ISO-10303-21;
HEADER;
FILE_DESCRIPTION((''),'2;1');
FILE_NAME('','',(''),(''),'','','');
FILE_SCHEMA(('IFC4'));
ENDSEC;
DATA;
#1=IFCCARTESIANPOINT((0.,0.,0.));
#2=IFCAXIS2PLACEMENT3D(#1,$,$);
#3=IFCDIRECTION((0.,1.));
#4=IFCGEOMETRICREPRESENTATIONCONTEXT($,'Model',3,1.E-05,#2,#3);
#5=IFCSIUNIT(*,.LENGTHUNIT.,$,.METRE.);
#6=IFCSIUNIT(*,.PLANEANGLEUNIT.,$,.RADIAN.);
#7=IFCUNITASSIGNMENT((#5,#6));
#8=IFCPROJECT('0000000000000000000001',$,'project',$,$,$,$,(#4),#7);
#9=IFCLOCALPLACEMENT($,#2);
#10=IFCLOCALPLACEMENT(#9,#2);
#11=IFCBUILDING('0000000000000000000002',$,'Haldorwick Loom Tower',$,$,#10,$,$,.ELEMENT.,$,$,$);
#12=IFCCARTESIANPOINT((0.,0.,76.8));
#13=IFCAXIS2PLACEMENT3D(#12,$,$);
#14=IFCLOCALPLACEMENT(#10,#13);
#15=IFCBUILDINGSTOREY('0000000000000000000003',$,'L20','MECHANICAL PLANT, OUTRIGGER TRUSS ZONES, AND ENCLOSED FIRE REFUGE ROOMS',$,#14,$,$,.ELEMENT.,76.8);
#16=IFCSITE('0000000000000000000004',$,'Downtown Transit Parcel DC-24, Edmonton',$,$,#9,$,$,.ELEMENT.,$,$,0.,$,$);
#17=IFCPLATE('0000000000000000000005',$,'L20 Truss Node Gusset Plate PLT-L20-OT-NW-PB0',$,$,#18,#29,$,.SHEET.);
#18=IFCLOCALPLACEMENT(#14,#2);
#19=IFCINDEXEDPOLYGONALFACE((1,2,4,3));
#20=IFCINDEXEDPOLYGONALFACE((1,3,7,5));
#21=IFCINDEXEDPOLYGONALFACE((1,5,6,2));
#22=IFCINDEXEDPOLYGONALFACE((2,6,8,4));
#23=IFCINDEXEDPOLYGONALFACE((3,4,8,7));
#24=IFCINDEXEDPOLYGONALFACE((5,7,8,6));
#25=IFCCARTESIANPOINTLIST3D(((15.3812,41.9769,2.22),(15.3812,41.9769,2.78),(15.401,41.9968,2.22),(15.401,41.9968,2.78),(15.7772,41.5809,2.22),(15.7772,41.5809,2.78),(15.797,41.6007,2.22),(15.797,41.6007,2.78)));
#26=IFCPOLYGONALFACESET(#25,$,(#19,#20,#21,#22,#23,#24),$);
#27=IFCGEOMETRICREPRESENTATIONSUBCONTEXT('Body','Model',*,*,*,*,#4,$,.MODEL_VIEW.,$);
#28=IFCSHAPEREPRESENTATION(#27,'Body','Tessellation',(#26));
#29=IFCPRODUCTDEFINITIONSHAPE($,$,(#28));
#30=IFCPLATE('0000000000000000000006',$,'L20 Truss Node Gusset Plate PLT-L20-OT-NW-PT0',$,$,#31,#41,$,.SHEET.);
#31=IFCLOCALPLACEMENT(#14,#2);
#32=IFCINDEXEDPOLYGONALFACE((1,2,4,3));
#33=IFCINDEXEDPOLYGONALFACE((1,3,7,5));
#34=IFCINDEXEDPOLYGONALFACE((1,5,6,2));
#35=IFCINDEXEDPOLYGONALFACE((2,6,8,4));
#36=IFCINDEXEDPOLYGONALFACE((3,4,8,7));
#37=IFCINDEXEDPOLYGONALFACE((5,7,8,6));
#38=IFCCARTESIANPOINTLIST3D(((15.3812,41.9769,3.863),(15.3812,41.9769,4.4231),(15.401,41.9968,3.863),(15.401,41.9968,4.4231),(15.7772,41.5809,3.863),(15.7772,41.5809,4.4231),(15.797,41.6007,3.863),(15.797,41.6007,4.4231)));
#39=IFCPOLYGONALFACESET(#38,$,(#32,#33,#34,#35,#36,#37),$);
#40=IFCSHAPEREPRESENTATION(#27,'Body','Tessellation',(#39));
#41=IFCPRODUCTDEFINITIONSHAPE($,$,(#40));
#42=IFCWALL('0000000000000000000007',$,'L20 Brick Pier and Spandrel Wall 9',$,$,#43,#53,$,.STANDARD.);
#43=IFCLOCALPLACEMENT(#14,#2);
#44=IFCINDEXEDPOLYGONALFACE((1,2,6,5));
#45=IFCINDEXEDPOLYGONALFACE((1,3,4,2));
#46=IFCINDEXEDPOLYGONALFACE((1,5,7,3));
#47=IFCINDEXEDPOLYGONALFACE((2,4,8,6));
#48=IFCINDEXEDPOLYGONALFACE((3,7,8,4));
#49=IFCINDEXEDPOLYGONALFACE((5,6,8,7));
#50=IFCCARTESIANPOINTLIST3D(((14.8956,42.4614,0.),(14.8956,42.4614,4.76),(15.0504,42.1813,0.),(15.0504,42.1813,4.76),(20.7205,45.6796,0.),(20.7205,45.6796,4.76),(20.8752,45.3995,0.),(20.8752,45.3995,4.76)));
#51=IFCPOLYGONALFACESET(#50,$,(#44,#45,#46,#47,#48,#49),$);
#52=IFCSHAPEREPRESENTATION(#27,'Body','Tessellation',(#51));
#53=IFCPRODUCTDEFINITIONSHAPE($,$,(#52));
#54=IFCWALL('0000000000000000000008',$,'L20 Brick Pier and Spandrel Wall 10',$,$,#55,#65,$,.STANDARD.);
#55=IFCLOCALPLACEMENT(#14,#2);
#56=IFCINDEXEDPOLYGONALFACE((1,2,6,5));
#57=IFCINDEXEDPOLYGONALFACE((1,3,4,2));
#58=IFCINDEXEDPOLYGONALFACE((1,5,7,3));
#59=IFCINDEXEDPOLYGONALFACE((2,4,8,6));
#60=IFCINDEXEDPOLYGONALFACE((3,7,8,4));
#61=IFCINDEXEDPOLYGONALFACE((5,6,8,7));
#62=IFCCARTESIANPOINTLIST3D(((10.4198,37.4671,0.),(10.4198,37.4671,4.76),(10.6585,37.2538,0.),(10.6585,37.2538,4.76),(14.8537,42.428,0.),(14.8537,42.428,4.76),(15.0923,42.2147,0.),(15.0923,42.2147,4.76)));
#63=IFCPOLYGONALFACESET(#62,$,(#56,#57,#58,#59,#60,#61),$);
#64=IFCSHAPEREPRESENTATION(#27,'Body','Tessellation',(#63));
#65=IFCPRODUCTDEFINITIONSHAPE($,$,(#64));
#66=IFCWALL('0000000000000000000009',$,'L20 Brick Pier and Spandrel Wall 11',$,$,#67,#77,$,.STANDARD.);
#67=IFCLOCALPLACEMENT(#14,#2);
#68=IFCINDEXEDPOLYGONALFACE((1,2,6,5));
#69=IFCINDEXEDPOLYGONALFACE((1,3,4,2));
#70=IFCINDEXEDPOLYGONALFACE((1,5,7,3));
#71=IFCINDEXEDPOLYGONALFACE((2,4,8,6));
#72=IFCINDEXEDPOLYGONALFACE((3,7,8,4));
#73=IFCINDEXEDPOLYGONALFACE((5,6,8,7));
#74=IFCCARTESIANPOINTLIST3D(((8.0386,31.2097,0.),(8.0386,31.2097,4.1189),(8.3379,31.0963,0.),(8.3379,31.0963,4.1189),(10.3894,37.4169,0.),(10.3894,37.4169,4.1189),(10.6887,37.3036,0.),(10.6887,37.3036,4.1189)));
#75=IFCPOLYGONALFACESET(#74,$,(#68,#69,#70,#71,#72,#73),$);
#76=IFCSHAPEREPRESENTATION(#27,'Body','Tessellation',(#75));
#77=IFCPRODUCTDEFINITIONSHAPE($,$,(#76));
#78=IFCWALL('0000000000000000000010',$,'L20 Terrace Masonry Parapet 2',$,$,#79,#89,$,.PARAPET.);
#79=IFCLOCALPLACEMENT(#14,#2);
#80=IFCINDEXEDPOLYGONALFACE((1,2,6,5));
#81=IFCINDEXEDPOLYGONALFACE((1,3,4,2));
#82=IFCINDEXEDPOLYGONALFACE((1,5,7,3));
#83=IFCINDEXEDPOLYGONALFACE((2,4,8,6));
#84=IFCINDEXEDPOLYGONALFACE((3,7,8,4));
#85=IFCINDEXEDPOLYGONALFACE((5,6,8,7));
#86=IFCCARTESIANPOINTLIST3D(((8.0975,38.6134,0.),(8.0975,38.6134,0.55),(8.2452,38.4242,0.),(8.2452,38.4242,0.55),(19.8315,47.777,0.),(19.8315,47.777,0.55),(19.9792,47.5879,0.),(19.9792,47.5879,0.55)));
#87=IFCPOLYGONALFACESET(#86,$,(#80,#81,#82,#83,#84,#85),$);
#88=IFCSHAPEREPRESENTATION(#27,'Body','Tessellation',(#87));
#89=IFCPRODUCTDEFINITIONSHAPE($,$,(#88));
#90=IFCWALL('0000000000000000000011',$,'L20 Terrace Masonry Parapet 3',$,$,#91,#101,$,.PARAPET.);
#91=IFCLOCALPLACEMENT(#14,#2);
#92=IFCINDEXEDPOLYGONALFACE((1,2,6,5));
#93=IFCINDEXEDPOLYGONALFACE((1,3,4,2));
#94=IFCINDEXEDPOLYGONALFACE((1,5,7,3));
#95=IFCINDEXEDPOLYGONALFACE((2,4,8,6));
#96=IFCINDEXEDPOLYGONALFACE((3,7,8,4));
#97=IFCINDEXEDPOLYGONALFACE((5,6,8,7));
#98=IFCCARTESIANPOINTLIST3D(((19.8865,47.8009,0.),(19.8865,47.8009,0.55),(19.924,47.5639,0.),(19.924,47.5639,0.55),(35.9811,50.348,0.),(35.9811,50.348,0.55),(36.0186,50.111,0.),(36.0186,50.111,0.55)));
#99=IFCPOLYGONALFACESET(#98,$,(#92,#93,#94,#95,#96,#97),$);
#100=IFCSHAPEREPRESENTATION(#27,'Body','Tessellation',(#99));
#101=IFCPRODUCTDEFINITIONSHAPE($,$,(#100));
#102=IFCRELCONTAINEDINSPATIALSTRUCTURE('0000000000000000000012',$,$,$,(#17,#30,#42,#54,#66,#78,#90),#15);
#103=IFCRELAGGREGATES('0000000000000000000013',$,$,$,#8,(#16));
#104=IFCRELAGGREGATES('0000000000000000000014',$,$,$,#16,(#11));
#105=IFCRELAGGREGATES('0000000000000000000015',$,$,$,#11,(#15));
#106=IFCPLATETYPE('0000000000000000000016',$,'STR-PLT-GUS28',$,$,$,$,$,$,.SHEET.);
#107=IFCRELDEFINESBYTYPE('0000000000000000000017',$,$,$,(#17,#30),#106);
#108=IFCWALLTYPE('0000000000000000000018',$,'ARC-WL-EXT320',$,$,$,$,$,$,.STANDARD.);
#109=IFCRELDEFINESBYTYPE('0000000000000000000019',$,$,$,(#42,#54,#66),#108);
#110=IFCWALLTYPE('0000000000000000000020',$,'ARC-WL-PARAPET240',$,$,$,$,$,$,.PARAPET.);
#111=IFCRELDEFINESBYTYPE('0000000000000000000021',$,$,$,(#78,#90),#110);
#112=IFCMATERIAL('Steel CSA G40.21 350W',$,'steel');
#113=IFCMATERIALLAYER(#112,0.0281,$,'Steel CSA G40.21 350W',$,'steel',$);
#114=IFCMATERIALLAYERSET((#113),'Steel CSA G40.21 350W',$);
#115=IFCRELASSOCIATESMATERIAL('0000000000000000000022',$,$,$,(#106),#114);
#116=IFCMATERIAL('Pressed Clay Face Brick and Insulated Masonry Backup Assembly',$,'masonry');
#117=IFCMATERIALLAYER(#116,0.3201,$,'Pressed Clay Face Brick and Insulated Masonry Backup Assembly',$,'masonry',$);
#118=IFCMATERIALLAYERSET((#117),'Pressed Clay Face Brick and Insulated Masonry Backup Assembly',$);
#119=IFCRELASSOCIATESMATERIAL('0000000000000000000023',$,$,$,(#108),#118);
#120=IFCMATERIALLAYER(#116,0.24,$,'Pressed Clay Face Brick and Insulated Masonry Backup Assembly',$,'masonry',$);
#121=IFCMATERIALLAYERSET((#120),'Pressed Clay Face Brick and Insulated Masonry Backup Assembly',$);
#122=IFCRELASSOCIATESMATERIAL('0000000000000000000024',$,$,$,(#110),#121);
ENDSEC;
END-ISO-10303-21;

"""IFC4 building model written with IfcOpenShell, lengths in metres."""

from ifc_helpers import new_model, si_unit, direction, frame, frame_2d, origin, origin_2d, place, context, subcontext, project, spatial, rectangle, extrude, material, layer, layer_set, type_object, element, save


model = new_model("IFC4")

# Units and contexts
model_context = context("Model", 3, precision=1e-05, world=origin(), true_north=direction((0.0, 1.0)))
body_context = subcontext(model_context, "Body", "Model", "MODEL_VIEW")
ifc_project = project(units=[si_unit("LENGTHUNIT", "METRE"), si_unit("PLANEANGLEUNIT", "RADIAN")], contexts=[model_context])

# Site, building, storey
site_placement = place(None, origin())
site = spatial("IfcSite", under=ifc_project, at=site_placement, Name="Downtown Transit Parcel DC-24, Edmonton", CompositionType="ELEMENT", RefElevation=0.0)
building_placement = place(site_placement, origin())
building = spatial("IfcBuilding", under=site, at=building_placement, Name="Haldorwick Loom Tower", CompositionType="ELEMENT")
storey_placement = place(building_placement, frame((0.0, 0.0, 76.8)))
storey = spatial("IfcBuildingStorey", under=building, at=storey_placement, Name="L20", Description="MECHANICAL PLANT, OUTRIGGER TRUSS ZONES, AND ENCLOSED FIRE REFUGE ROOMS", CompositionType="ELEMENT", Elevation=76.8)

# Shared definitions
ifc_material_1 = material(Name="Steel CSA G40.21 350W", Category="steel")

# Plates
ifc_layer_1 = layer(ifc_material_1, 0.0281, Name="Steel CSA G40.21 350W", Category="steel")
ifc_layer_set_1 = layer_set([ifc_layer_1], Name="Steel CSA G40.21 350W")
plate_type = type_object("IfcPlateType", Name="STR-PLT-GUS28", PredefinedType="SHEET", material=ifc_layer_set_1)
for number, where, z_axis, x_axis, name in (
    (1, (15.5891, 41.7888, 2.22), (0.0, 0.0, 1.0), (-0.707107, 0.707107, 0.0), "L20 Truss Node Gusset Plate PLT-L20-OT-NW-PB0"),
    (2, (15.5891, 41.7888, 3.863), (0.0, 0.0, 1.0), (-0.707107, 0.707107, 0.0), "L20 Truss Node Gusset Plate PLT-L20-OT-NW-PT0"),
):
    element("IfcPlate", number, at=place(storey_placement, frame(where, z_axis=z_axis, x_axis=x_axis)), inside=storey, type_object=plate_type, Name=name, PredefinedType="SHEET", context=body_context, shape_type="SweptSolid", body=[
        extrude(rectangle(XDim=0.5601, YDim=0.0281, at=origin_2d()), origin(), (0.0, 0.0, 1.0), 0.5601),
    ])

# Walls
ifc_material_2 = material(Name="Pressed Clay Face Brick and Insulated Masonry Backup Assembly", Category="masonry")
ifc_layer_2 = layer(ifc_material_2, 0.3201, Name="Pressed Clay Face Brick and Insulated Masonry Backup Assembly", Category="masonry")
ifc_layer_set_2 = layer_set([ifc_layer_2], Name="Pressed Clay Face Brick and Insulated Masonry Backup Assembly")
wall_type_1 = type_object("IfcWallType", Name="ARC-WL-EXT320", PredefinedType="STANDARD", material=ifc_layer_set_2)
wall_1_placement = place(storey_placement, frame((20.7979, 45.5396, 0.0), z_axis=(0.0, 0.0, 1.0), x_axis=(-0.875292, -0.483595, 0.0)))
element("IfcWall", 3, at=wall_1_placement, inside=storey, type_object=wall_type_1, Name="L20 Brick Pier and Spandrel Wall 9", PredefinedType="STANDARD", context=body_context, shape_type="SweptSolid", body=[
    extrude(rectangle(XDim=6.6548, YDim=0.3201, at=frame_2d((3.3274, 0.0))), origin(), (0.0, 0.0, 1.0), 4.76),
])
wall_2_placement = place(storey_placement, frame((14.9729, 42.3213, 0.0), z_axis=(0.0, 0.0, 1.0), x_axis=(-0.666386, -0.745607, 0.0)))
element("IfcWall", 4, at=wall_2_placement, inside=storey, type_object=wall_type_1, Name="L20 Brick Pier and Spandrel Wall 10", PredefinedType="STANDARD", context=body_context, shape_type="SweptSolid", body=[
    extrude(rectangle(XDim=6.6536, YDim=0.3201, at=frame_2d((3.3267, 0.0))), origin(), (0.0, 0.0, 1.0), 4.76),
])
wall_3_placement = place(storey_placement, frame((10.5391, 37.3604, 0.0), z_axis=(0.0, 0.0, 1.0), x_axis=(-0.354173, -0.93518, 0.0)))
element("IfcWall", 5, at=wall_3_placement, inside=storey, type_object=wall_type_1, Name="L20 Brick Pier and Spandrel Wall 11", PredefinedType="STANDARD", context=body_context, shape_type="SweptSolid", body=[
    extrude(rectangle(XDim=6.6375, YDim=0.3201, at=frame_2d((3.3188, 0.0))), origin(), (0.0, 0.0, 1.0), 4.1189),
])
ifc_layer_3 = layer(ifc_material_2, 0.24, Name="Pressed Clay Face Brick and Insulated Masonry Backup Assembly", Category="masonry")
ifc_layer_set_3 = layer_set([ifc_layer_3], Name="Pressed Clay Face Brick and Insulated Masonry Backup Assembly")
wall_type_2 = type_object("IfcWallType", Name="ARC-WL-PARAPET240", PredefinedType="PARAPET", material=ifc_layer_set_3)
wall_4_placement = place(storey_placement, frame((8.1714, 38.5188, 0.0), z_axis=(0.0, 0.0, 1.0), x_axis=(0.788139, 0.615497, 0.0)))
element("IfcWall", 6, at=wall_4_placement, inside=storey, type_object=wall_type_2, Name="L20 Terrace Masonry Parapet 2", PredefinedType="PARAPET", context=body_context, shape_type="SweptSolid", body=[
    extrude(rectangle(XDim=14.8882, YDim=0.24, at=frame_2d((7.4441, 0.0))), origin(), (0.0, 0.0, 1.0), 0.55),
])
wall_5_placement = place(storey_placement, frame((19.9053, 47.6824, 0.0), z_axis=(0.0, 0.0, 1.0), x_axis=(0.987708, 0.156313, 0.0)))
element("IfcWall", 7, at=wall_5_placement, inside=storey, type_object=wall_type_2, Name="L20 Terrace Masonry Parapet 3", PredefinedType="PARAPET", context=body_context, shape_type="SweptSolid", body=[
    extrude(rectangle(XDim=16.2949, YDim=0.24, at=frame_2d((8.1475, 0.0))), origin(), (0.0, 0.0, 1.0), 0.55),
])

save(model, "model.ifc")
